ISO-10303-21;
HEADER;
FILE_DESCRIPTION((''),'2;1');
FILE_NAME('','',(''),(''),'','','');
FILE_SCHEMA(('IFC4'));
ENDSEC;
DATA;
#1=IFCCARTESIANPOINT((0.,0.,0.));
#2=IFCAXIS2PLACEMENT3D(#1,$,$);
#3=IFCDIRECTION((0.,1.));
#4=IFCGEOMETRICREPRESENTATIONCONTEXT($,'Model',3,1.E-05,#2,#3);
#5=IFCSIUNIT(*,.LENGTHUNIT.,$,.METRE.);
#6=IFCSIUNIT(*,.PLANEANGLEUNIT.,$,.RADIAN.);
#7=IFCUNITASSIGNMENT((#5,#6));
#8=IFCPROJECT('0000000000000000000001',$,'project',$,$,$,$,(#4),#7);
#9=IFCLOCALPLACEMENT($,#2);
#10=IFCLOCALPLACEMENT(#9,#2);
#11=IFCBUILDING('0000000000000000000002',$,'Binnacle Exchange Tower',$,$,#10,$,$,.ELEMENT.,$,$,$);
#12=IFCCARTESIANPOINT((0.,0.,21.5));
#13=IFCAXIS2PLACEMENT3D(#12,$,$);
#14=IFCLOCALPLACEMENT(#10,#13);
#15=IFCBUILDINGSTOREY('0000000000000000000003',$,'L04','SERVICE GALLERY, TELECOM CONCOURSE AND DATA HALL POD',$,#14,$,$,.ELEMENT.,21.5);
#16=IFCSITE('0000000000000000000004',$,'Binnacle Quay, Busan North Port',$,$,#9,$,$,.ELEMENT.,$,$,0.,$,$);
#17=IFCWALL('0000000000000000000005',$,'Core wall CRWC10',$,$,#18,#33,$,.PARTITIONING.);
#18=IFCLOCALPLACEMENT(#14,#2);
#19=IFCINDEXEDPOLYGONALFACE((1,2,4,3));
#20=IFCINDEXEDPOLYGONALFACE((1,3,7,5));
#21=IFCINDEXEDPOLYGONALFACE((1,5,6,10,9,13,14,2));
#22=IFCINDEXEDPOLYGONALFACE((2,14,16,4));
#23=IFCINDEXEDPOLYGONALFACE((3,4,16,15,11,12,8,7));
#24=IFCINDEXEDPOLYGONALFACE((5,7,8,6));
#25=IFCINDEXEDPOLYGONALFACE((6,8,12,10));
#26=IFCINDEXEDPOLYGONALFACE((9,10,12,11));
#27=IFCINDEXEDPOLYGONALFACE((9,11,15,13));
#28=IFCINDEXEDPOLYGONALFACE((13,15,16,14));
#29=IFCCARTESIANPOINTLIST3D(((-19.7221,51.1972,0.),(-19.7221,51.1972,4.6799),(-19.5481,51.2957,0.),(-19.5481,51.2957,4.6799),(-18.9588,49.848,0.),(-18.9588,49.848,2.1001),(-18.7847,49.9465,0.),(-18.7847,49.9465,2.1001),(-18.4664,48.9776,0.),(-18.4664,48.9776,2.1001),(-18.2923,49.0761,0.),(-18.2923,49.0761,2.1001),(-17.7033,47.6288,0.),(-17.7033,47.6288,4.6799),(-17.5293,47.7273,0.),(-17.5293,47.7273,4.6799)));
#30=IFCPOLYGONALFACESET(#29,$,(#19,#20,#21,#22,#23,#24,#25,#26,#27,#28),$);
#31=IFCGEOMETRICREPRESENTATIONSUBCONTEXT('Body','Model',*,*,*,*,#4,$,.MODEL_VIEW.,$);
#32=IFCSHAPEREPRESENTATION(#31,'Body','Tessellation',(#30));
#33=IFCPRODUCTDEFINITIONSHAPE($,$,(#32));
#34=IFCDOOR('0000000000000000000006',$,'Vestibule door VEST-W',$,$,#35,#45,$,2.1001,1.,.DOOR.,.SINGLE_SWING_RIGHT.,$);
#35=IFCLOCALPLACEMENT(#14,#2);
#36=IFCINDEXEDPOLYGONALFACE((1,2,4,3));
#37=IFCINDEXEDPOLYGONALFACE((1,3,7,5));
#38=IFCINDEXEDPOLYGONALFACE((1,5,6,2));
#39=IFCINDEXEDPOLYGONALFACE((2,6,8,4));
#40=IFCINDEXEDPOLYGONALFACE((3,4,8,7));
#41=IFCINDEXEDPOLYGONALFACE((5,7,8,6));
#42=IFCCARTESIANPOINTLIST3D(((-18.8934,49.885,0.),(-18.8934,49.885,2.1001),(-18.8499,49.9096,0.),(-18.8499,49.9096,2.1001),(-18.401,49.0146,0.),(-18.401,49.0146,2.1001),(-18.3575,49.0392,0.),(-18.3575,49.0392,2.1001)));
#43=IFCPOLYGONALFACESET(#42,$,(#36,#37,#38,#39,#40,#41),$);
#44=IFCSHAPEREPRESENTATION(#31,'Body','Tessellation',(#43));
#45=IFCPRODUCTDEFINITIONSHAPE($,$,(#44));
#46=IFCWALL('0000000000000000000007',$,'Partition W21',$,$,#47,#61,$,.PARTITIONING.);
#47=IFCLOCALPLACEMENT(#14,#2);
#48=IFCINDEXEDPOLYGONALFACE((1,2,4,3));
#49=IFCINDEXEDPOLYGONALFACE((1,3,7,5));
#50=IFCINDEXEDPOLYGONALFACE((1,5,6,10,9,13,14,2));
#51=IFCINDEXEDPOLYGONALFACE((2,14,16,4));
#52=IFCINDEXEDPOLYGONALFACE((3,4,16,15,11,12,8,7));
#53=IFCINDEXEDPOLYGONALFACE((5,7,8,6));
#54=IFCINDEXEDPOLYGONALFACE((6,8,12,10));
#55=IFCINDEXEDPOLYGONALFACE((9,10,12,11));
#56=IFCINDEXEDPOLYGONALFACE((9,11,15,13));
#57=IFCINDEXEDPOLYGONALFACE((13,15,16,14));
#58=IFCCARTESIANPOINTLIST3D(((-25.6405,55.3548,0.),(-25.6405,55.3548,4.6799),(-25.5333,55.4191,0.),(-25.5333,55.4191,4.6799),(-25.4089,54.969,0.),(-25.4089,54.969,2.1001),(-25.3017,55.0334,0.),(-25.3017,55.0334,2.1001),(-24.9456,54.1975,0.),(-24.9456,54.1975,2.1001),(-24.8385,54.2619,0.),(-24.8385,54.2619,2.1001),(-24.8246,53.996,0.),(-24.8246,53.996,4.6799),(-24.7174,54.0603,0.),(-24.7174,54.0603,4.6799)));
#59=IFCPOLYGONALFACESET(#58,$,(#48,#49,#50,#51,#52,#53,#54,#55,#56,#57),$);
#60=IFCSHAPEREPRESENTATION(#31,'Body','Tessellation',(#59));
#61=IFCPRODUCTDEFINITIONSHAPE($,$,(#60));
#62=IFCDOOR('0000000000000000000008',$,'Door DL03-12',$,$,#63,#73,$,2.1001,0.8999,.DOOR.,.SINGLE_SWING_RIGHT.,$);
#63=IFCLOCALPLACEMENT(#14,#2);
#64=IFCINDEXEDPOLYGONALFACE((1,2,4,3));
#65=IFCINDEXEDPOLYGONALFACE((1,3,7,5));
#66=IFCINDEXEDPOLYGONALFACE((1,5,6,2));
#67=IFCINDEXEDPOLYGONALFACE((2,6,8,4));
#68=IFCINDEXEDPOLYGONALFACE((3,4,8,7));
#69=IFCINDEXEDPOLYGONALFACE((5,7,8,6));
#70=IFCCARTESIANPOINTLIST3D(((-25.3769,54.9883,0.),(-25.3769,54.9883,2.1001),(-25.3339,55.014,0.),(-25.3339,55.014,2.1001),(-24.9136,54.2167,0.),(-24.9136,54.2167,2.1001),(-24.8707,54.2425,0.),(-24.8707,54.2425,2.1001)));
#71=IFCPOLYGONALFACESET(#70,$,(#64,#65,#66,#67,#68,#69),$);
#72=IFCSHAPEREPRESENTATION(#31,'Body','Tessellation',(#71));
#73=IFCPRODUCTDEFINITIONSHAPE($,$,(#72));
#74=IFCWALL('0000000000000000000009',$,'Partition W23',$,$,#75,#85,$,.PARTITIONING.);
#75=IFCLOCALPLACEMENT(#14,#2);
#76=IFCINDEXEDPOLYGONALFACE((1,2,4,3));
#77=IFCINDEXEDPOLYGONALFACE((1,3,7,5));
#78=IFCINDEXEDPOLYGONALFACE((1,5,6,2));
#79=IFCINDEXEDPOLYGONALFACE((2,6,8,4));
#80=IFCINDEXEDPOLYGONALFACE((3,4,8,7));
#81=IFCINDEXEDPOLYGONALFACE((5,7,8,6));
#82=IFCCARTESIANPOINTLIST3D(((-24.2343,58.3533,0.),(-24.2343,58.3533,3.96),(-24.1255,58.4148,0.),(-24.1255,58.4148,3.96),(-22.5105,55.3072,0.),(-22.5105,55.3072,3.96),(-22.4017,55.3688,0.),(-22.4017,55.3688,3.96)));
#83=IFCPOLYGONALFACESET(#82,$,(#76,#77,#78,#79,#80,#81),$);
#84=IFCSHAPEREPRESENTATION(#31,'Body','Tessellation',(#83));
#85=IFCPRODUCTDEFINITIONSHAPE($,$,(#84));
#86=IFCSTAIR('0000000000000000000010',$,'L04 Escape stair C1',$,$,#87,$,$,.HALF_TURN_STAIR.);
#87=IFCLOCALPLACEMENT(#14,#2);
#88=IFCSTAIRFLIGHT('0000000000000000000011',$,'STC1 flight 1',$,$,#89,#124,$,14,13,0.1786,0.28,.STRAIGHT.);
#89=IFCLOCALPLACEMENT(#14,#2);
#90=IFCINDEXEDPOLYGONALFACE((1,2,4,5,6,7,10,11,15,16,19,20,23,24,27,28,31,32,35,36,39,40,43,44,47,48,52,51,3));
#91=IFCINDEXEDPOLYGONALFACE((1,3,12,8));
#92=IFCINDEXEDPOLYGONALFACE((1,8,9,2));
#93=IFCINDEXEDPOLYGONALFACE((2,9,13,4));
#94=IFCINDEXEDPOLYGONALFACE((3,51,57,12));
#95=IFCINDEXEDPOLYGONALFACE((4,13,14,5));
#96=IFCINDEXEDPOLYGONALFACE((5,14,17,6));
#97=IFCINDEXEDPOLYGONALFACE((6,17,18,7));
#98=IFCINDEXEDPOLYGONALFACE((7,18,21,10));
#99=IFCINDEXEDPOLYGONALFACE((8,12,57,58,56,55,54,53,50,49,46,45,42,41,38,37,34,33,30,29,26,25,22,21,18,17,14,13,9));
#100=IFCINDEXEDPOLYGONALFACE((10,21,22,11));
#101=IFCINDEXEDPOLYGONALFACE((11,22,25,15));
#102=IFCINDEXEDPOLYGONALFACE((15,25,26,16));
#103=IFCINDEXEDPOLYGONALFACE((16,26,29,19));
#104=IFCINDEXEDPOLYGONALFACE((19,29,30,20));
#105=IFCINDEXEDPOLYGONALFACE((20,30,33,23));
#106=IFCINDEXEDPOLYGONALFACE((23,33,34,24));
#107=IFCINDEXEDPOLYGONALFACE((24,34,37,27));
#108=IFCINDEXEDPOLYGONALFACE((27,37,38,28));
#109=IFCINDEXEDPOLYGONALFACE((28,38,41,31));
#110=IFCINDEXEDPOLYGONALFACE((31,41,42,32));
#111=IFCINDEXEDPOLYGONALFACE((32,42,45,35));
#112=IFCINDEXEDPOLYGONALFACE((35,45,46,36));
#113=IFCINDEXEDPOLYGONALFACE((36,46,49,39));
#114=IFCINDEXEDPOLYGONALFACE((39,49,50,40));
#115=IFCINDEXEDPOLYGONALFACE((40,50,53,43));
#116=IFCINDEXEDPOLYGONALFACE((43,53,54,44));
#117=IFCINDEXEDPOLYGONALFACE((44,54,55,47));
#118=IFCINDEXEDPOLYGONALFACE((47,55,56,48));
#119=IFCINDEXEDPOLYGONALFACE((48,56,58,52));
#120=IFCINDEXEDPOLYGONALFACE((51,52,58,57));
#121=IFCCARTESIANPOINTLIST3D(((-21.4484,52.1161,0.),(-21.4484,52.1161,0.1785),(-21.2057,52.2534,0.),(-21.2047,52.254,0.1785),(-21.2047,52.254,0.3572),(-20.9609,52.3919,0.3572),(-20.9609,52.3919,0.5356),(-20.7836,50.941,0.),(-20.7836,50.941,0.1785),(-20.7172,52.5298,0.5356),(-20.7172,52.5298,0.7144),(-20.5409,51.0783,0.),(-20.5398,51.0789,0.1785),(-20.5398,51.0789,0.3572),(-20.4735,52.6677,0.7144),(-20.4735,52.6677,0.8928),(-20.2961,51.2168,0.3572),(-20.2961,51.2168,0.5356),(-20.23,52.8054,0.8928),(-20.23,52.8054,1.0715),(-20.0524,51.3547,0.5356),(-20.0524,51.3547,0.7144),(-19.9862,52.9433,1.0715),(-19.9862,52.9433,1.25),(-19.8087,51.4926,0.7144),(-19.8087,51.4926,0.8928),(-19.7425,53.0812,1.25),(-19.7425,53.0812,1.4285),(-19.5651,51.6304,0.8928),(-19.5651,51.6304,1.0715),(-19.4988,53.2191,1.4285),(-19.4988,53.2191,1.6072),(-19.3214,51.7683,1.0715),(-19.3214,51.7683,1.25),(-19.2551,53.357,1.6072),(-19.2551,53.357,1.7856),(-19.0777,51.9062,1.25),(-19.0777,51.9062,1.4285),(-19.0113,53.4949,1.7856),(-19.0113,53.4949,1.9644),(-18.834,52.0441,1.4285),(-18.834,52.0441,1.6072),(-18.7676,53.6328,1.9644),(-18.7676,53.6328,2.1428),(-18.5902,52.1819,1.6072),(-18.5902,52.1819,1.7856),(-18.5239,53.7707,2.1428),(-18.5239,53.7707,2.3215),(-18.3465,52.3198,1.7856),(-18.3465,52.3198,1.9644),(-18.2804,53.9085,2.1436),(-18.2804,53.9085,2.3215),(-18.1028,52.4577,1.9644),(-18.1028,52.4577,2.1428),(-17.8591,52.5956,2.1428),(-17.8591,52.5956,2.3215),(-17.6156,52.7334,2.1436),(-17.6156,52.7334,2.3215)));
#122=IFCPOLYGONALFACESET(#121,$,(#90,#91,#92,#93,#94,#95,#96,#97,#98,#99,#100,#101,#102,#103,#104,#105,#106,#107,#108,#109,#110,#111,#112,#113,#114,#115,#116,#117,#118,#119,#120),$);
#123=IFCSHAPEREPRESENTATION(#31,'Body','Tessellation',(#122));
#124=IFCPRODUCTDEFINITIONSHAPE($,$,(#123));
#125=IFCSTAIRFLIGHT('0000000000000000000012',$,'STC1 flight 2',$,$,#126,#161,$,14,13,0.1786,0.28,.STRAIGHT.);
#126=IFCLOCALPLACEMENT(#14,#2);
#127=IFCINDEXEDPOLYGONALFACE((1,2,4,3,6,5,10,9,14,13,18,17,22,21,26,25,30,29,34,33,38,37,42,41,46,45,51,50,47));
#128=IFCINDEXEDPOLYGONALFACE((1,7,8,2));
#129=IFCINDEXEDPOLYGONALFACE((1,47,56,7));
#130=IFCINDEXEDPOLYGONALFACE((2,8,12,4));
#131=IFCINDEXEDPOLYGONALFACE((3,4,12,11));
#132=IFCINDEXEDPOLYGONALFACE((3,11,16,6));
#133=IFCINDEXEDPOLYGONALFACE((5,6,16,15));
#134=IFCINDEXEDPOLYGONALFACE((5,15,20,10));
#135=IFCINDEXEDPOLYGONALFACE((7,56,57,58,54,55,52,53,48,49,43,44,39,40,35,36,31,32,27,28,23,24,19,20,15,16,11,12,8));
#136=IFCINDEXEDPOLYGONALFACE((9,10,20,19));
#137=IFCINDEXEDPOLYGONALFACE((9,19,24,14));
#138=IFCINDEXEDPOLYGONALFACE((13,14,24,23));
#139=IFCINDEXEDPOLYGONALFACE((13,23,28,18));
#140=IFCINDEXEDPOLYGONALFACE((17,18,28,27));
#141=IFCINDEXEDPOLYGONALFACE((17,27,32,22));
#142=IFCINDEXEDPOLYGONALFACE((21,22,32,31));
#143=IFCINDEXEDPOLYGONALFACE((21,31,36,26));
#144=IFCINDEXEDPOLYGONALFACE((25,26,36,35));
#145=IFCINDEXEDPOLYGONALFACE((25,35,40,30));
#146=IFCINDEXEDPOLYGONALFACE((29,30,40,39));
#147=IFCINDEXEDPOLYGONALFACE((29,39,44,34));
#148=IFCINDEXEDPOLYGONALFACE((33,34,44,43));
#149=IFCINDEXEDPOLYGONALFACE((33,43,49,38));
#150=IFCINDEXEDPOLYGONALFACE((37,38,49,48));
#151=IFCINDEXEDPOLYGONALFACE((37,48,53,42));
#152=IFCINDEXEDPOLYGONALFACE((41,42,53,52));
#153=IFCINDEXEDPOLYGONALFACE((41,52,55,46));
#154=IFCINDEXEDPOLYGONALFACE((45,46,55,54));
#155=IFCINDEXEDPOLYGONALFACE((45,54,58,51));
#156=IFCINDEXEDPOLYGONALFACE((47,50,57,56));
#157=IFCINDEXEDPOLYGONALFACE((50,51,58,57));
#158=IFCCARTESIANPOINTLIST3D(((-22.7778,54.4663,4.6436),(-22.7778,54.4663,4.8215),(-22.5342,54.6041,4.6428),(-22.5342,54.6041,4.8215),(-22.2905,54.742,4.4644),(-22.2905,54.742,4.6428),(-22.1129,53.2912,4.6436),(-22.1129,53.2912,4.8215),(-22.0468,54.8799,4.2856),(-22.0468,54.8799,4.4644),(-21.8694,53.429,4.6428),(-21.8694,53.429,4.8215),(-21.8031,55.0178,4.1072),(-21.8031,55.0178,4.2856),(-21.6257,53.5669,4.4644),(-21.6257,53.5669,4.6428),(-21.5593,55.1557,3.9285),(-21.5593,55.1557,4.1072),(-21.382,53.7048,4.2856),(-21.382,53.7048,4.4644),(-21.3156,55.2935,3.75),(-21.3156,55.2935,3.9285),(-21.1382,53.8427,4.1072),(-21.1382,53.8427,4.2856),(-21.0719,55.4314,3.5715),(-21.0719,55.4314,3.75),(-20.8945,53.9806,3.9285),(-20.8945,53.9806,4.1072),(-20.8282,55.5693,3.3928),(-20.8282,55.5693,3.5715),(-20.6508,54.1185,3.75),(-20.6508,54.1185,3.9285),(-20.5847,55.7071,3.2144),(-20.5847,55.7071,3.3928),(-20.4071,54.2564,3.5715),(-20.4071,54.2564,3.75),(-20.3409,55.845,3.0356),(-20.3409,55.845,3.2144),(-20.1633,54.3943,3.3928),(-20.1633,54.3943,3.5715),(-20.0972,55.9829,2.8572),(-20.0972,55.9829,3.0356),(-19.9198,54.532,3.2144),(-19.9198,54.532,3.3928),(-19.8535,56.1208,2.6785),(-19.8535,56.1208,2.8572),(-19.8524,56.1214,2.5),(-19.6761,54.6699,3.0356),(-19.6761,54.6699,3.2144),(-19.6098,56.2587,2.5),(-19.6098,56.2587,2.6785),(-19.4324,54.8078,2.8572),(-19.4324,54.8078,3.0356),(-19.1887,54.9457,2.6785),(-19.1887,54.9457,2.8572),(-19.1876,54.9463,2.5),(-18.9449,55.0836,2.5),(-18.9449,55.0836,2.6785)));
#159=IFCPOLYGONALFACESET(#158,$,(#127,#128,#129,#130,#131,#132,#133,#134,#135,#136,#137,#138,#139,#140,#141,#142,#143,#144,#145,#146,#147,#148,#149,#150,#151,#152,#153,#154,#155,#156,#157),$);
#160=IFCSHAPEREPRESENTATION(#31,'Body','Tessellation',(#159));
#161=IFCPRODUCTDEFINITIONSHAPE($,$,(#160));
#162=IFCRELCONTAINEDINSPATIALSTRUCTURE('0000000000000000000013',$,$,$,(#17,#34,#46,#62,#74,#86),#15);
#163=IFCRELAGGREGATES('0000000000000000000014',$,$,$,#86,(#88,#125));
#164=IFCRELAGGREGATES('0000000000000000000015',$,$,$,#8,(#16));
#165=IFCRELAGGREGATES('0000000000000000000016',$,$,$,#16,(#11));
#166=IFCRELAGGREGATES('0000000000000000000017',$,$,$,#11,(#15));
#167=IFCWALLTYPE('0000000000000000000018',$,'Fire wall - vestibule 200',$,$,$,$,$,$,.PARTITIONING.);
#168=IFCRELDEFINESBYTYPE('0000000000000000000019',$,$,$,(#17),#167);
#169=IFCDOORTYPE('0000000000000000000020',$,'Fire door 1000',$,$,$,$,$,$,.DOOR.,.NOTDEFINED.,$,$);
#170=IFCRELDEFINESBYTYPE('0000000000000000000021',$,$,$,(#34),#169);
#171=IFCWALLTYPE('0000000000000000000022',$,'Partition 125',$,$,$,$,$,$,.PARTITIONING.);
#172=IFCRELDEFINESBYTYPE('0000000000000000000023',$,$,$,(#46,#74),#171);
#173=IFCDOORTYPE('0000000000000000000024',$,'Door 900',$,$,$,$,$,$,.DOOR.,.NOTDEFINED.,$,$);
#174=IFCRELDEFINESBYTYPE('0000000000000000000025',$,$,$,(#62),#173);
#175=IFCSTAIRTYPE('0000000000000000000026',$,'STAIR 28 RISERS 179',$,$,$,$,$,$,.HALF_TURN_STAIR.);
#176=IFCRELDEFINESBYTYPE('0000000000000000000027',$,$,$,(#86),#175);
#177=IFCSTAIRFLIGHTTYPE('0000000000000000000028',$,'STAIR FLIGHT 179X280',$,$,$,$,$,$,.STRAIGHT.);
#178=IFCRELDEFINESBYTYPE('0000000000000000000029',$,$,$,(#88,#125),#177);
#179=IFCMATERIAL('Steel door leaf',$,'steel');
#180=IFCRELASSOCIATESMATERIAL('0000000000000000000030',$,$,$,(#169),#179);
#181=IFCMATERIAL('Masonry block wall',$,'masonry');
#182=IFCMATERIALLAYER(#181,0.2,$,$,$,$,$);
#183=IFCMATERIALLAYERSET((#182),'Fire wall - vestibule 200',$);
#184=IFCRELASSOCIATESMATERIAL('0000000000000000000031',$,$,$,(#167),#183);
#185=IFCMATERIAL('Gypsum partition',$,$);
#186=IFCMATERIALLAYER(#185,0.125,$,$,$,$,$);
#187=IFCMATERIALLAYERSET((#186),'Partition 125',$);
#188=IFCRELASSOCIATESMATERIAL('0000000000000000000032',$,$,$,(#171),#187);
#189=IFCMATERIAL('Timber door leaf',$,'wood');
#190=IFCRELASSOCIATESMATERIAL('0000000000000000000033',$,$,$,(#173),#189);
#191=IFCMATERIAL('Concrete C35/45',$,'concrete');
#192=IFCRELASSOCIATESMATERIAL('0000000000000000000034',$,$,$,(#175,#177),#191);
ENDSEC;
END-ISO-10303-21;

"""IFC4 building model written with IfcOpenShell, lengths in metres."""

from ifc_helpers import new_model, si_unit, direction, frame, frame_2d, origin, place, context, subcontext, project, spatial, polyline, rectangle, outline, extrude, material, layer, layer_set, type_object, element, fill, aggregate, save


model = new_model("IFC4")

# Units and contexts
model_context = context("Model", 3, precision=1e-05, world=origin(), true_north=direction((0.0, 1.0)))
body_context = subcontext(model_context, "Body", "Model", "MODEL_VIEW")
ifc_project = project(units=[si_unit("LENGTHUNIT", "METRE"), si_unit("PLANEANGLEUNIT", "RADIAN")], contexts=[model_context])

# Site, building, storey
site_placement = place(None, origin())
site = spatial("IfcSite", under=ifc_project, at=site_placement, Name="Binnacle Quay, Busan North Port", CompositionType="ELEMENT", RefElevation=0.0)
building_placement = place(site_placement, origin())
building = spatial("IfcBuilding", under=site, at=building_placement, Name="Binnacle Exchange Tower", CompositionType="ELEMENT")
storey_placement = place(building_placement, frame((0.0, 0.0, 21.5)))
storey = spatial("IfcBuildingStorey", under=building, at=storey_placement, Name="L04", Description="SERVICE GALLERY, TELECOM CONCOURSE AND DATA HALL POD", CompositionType="ELEMENT", Elevation=21.5)

# Shared definitions
ifc_material_1 = material(Name="Steel door leaf", Category="steel")

# Walls, openings, doors
door_type_1 = type_object("IfcDoorType", Name="Fire door 1000", OperationType="NOTDEFINED", PredefinedType="DOOR", material=ifc_material_1)
ifc_material_2 = material(Name="Masonry block wall", Category="masonry")
ifc_layer_1 = layer(ifc_material_2, 0.2)
ifc_layer_set_1 = layer_set([ifc_layer_1], Name="Fire wall - vestibule 200")
wall_type_1 = type_object("IfcWallType", Name="Fire wall - vestibule 200", PredefinedType="PARTITIONING", material=ifc_layer_set_1)
wall_1_placement = place(storey_placement, frame((-19.635, 51.2463, 0.0), z_axis=(0.0, 0.0, 1.0), x_axis=(0.492408, -0.870364, 0.0)))
wall_1 = element("IfcWall", 1, at=wall_1_placement, inside=storey, type_object=wall_type_1, Name="Core wall CRWC10", PredefinedType="PARTITIONING", context=body_context, shape_type="SweptSolid", body=[
    extrude(rectangle(XDim=4.0999, YDim=0.2, at=frame_2d((2.0498, 0.0))), origin(), (0.0, 0.0, 1.0), 4.6799),
])
opening_1_placement = place(wall_1_placement, frame((1.55, 0.0, 0.0)))
opening_1 = element("IfcOpeningElement", 2, at=opening_1_placement, cuts=wall_1, PredefinedType="OPENING", context=body_context, shape_type="SweptSolid", body=[
    extrude(rectangle(XDim=1.0, YDim=2.1001, at=frame_2d((0.5, 1.05))), frame((0.0, 0.1099, 0.0), z_axis=(0.0, -1.0, 0.0), x_axis=(1.0, 0.0, 0.0)), (0.0, 0.0, 1.0), 0.22),
])
door_1_placement = place(opening_1_placement, frame((1.0, 0.0, 0.0), z_axis=(0.0, 0.0, 1.0), x_axis=(-1.0, 0.0, 0.0)))
door_1 = element("IfcDoor", 3, at=door_1_placement, inside=storey, type_object=door_type_1, Name="Vestibule door VEST-W", OperationType="SINGLE_SWING_RIGHT", OverallHeight=2.1001, OverallWidth=1.0, PredefinedType="DOOR", context=body_context, shape_type="SweptSolid", body=[
    extrude(rectangle(XDim=1.0, YDim=2.1001, at=frame_2d((0.5, 1.05))), frame((0.0, 0.0249, 0.0), z_axis=(0.0, -1.0, 0.0), x_axis=(1.0, 0.0, 0.0)), (0.0, 0.0, 1.0), 0.05),
])
fill(opening_1, door_1)
ifc_material_3 = material(Name="Gypsum partition")
ifc_layer_2 = layer(ifc_material_3, 0.125)
ifc_layer_set_2 = layer_set([ifc_layer_2], Name="Partition 125")
wall_type_2 = type_object("IfcWallType", Name="Partition 125", PredefinedType="PARTITIONING", material=ifc_layer_set_2)
wall_2_placement = place(storey_placement, frame((-25.5869, 55.387, 0.0), z_axis=(0.0, 0.0, 1.0), x_axis=(0.514768, -0.85733, 0.0)))
wall_2 = element("IfcWall", 4, at=wall_2_placement, inside=storey, type_object=wall_type_2, Name="Partition W21", PredefinedType="PARTITIONING", context=body_context, shape_type="SweptSolid", body=[
    extrude(rectangle(XDim=1.585, YDim=0.125, at=frame_2d((0.7925, 0.0))), origin(), (0.0, 0.0, 1.0), 4.6799),
])
opening_2_placement = place(wall_2_placement, frame((0.45, 0.0, 0.0)))
opening_2 = element("IfcOpeningElement", 5, at=opening_2_placement, cuts=wall_2, PredefinedType="OPENING", context=body_context, shape_type="SweptSolid", body=[
    extrude(rectangle(XDim=0.8999, YDim=2.1001, at=frame_2d((0.45, 1.05))), frame((0.0, 0.0725, 0.0), z_axis=(0.0, -1.0, 0.0), x_axis=(1.0, 0.0, 0.0)), (0.0, 0.0, 1.0), 0.145),
])
ifc_material_4 = material(Name="Timber door leaf", Category="wood")
door_type_2 = type_object("IfcDoorType", Name="Door 900", OperationType="NOTDEFINED", PredefinedType="DOOR", material=ifc_material_4)
door_2_placement = place(opening_2_placement, origin())
door_2 = element("IfcDoor", 6, at=door_2_placement, inside=storey, type_object=door_type_2, Name="Door DL03-12", OperationType="SINGLE_SWING_RIGHT", OverallHeight=2.1001, OverallWidth=0.8999, PredefinedType="DOOR", context=body_context, shape_type="SweptSolid", body=[
    extrude(rectangle(XDim=0.8999, YDim=2.1001, at=frame_2d((0.45, 1.05))), frame((0.0, 0.0249, 0.0), z_axis=(0.0, -1.0, 0.0), x_axis=(1.0, 0.0, 0.0)), (0.0, 0.0, 1.0), 0.05),
])
fill(opening_2, door_2)

# Wall
wall_3_placement = place(storey_placement, frame((-24.1799, 58.384, 0.0), z_axis=(0.0, 0.0, 1.0), x_axis=(0.492521, -0.8703, 0.0)))
element("IfcWall", 7, at=wall_3_placement, inside=storey, type_object=wall_type_2, Name="Partition W23", PredefinedType="PARTITIONING", context=body_context, shape_type="SweptSolid", body=[
    extrude(rectangle(XDim=3.5, YDim=0.125, at=frame_2d((1.75, 0.0))), origin(), (0.0, 0.0, 1.0), 3.96),
])

# Stair, stair flights
ifc_material_5 = material(Name="Concrete C35/45", Category="concrete")
stair_type = type_object("IfcStairType", Name="STAIR 28 RISERS 179", PredefinedType="HALF_TURN_STAIR", material=ifc_material_5)
stair_placement = place(storey_placement, origin())
stair = element("IfcStair", 8, at=stair_placement, inside=storey, type_object=stair_type, Name="L04 Escape stair C1", PredefinedType="HALF_TURN_STAIR")
stair_flight_type = type_object("IfcStairFlightType", Name="STAIR FLIGHT 179X280", PredefinedType="STRAIGHT", material=ifc_material_5)
stair_flight_1_placement = place(storey_placement, frame((-21.116, 51.5286, 0.0), z_axis=(0.0, 0.0, 1.0), x_axis=(0.870356, 0.492424, 0.0)))
stair_flight_1 = element("IfcStairFlight", 9, at=stair_flight_1_placement, type_object=stair_flight_type, Name="STC1 flight 1", NumberOfRisers=14, NumberOfTreads=13, PredefinedType="STRAIGHT", RiserHeight=0.1786, TreadLength=0.28, context=body_context, shape_type="SweptSolid", body=[
    extrude(outline(polyline([(0.0, 0.0), (0.0, 0.1785), (0.28, 0.1785), (0.28, 0.3572), (0.5601, 0.3572), (0.5601, 0.5356), (0.8401, 0.5356), (0.8401, 0.7144), (1.1201, 0.7144), (1.1201, 0.8928), (1.3999, 0.8928), (1.3999, 1.0715), (1.6799, 1.0715), (1.6799, 1.25), (1.96, 1.25), (1.96, 1.4285), (2.24, 1.4285), (2.24, 1.6072), (2.52, 1.6072), (2.52, 1.7856), (2.8, 1.7856), (2.8, 1.9644), (3.0801, 1.9644), (3.0801, 2.1428), (3.3601, 2.1428), (3.3601, 2.3215), (3.6399, 2.3215), (3.6399, 2.5), (3.6399, 2.1436), (0.2788, 0.0), (0.0, 0.0)])), frame((0.0, 0.675, 0.0), z_axis=(0.0, -1.0, 0.0), x_axis=(1.0, 0.0, 0.0)), (0.0, 0.0, 1.0), 1.3501),
])
stair_flight_2_placement = place(storey_placement, frame((-19.2773, 55.6711, 2.5), z_axis=(0.0, 0.0, 1.0), x_axis=(-0.870356, -0.492424, 0.0)))
stair_flight_2 = element("IfcStairFlight", 10, at=stair_flight_2_placement, type_object=stair_flight_type, Name="STC1 flight 2", NumberOfRisers=14, NumberOfTreads=13, PredefinedType="STRAIGHT", RiserHeight=0.1786, TreadLength=0.28, context=body_context, shape_type="SweptSolid", body=[
    extrude(outline(polyline([(0.0, 0.0), (0.0, 0.1785), (0.28, 0.1785), (0.28, 0.3572), (0.5601, 0.3572), (0.5601, 0.5356), (0.8401, 0.5356), (0.8401, 0.7144), (1.1201, 0.7144), (1.1201, 0.8928), (1.3999, 0.8928), (1.3999, 1.0715), (1.6799, 1.0715), (1.6799, 1.25), (1.96, 1.25), (1.96, 1.4285), (2.24, 1.4285), (2.24, 1.6072), (2.52, 1.6072), (2.52, 1.7856), (2.8, 1.7856), (2.8, 1.9644), (3.0801, 1.9644), (3.0801, 2.1428), (3.3601, 2.1428), (3.3601, 2.3215), (3.6399, 2.3215), (3.6399, 2.5), (3.6399, 2.1436), (0.2788, 0.0), (0.0, 0.0)])), frame((0.0, 0.675, 0.0), z_axis=(0.0, -1.0, 0.0), x_axis=(1.0, 0.0, 0.0)), (0.0, 0.0, 1.0), 1.3501),
])
aggregate(stair, [stair_flight_1, stair_flight_2])

save(model, "model.ifc")
